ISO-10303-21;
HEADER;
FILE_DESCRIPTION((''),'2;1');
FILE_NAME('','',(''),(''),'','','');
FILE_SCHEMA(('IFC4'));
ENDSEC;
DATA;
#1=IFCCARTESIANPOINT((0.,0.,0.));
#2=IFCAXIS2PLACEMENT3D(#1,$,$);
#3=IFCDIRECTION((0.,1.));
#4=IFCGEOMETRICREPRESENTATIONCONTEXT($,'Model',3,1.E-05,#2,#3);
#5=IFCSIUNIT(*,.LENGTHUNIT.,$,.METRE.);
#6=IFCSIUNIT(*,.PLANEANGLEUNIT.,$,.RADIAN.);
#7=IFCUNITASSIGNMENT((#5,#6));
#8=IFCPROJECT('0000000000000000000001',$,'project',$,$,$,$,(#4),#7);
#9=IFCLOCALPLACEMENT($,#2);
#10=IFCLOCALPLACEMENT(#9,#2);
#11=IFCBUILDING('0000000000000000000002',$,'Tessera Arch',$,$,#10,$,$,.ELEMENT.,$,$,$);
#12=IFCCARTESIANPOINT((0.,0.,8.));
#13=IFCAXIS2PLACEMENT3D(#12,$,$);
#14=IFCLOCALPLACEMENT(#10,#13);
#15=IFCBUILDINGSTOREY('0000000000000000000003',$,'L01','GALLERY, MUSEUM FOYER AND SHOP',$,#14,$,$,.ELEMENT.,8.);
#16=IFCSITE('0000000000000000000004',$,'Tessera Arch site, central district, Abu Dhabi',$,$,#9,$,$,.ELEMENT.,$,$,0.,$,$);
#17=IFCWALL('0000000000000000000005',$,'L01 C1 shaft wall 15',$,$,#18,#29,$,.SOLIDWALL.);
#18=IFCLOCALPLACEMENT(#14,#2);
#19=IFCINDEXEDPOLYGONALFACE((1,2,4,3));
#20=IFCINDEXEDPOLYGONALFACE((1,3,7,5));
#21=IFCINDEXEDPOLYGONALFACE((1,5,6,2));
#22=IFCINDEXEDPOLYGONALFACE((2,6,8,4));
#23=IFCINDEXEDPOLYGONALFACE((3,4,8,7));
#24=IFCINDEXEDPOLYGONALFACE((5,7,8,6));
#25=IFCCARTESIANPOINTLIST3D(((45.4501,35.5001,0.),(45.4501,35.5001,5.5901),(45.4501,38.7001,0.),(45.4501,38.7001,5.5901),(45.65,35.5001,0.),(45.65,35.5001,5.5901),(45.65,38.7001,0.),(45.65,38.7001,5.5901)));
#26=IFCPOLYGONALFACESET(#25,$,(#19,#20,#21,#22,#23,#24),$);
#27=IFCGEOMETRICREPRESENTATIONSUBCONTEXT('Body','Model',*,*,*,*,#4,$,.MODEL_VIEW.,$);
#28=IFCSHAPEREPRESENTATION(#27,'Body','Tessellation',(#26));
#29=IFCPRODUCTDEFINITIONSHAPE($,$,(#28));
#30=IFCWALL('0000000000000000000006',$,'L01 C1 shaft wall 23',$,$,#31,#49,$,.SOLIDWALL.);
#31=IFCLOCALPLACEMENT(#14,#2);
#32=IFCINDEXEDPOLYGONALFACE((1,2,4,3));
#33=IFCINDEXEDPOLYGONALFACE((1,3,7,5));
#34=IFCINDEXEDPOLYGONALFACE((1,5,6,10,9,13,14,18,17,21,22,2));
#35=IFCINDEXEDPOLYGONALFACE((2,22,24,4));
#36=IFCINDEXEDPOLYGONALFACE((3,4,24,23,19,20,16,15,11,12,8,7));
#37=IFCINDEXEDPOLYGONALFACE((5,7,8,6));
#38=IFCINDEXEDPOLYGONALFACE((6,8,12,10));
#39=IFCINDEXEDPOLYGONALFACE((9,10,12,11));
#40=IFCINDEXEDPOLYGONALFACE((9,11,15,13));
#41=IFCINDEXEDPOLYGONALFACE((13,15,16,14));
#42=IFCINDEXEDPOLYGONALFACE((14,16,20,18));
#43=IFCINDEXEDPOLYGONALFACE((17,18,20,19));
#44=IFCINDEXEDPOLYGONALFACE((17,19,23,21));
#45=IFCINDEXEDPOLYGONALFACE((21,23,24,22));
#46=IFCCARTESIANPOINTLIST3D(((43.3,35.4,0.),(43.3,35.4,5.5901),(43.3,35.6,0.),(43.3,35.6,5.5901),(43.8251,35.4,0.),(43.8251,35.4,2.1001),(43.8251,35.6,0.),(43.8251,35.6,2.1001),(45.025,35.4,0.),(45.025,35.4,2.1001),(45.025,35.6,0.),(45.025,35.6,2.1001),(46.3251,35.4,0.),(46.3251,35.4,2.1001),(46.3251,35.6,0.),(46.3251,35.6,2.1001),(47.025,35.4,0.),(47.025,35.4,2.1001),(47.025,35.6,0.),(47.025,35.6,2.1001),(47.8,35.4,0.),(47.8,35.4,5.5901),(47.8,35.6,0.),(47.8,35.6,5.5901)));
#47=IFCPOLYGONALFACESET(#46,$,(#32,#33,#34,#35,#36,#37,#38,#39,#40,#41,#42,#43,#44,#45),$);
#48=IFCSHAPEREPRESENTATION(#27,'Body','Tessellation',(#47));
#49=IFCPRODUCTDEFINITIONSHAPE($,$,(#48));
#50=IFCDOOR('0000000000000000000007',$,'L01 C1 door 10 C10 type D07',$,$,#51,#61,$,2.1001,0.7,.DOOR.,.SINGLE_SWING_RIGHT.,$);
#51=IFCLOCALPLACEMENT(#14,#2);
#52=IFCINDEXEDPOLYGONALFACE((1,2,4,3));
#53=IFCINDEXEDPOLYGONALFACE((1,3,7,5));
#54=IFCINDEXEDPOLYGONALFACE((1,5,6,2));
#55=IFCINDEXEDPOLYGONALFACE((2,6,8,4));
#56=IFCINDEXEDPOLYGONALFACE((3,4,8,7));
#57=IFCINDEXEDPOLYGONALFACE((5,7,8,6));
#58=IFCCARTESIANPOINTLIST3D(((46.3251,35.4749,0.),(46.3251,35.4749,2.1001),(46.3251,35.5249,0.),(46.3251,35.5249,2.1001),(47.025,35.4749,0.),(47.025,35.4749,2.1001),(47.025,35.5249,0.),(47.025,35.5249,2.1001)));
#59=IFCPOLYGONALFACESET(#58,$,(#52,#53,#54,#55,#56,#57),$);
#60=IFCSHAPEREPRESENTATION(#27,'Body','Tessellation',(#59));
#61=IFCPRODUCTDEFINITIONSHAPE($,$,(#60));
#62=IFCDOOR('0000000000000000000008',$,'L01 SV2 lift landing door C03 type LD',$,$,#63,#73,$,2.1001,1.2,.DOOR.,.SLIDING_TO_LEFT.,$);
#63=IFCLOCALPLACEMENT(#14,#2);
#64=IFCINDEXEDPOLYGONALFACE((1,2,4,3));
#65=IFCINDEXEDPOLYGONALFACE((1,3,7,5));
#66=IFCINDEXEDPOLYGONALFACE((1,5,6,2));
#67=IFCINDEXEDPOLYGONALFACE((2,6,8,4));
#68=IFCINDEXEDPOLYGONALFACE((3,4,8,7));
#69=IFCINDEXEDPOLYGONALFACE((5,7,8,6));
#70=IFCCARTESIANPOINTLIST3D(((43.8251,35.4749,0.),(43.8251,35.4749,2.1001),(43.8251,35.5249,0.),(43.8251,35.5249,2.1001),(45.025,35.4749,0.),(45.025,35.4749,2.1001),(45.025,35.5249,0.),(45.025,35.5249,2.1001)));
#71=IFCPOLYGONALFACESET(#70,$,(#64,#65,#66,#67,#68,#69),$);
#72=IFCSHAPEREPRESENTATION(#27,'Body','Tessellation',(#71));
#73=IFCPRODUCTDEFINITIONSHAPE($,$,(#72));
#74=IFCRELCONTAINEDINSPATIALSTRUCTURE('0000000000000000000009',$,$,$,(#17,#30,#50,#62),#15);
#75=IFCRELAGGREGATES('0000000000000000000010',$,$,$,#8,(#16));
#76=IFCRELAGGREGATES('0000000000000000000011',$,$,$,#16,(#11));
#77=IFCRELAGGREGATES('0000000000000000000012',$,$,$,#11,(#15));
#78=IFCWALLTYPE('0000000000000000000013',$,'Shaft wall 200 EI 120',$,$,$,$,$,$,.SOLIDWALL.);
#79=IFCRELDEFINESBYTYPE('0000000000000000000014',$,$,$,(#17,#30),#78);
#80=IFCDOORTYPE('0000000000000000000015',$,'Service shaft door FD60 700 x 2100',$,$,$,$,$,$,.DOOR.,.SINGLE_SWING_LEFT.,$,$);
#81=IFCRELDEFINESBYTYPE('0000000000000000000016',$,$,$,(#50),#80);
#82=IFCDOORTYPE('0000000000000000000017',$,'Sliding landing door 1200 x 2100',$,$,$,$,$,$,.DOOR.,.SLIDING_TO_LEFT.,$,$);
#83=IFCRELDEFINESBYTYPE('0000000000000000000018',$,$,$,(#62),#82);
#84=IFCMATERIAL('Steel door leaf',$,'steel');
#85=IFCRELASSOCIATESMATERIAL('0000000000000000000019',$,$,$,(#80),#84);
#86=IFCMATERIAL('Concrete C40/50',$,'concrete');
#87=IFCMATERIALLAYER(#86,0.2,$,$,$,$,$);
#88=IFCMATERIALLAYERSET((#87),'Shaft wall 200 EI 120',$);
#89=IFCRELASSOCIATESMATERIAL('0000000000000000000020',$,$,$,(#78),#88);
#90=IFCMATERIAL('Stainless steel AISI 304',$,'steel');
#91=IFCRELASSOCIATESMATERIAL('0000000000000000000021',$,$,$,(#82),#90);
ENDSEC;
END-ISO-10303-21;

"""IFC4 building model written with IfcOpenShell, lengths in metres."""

from ifc_helpers import new_model, si_unit, direction, frame, frame_2d, origin, place, context, subcontext, project, spatial, rectangle, extrude, material, layer, layer_set, type_object, element, fill, save


model = new_model("IFC4")

# Units and contexts
model_context = context("Model", 3, precision=1e-05, world=origin(), true_north=direction((0.0, 1.0)))
body_context = subcontext(model_context, "Body", "Model", "MODEL_VIEW")
ifc_project = project(units=[si_unit("LENGTHUNIT", "METRE"), si_unit("PLANEANGLEUNIT", "RADIAN")], contexts=[model_context])

# Site, building, storey
site_placement = place(None, origin())
site = spatial("IfcSite", under=ifc_project, at=site_placement, Name="Tessera Arch site, central district, Abu Dhabi", CompositionType="ELEMENT", RefElevation=0.0)
building_placement = place(site_placement, origin())
building = spatial("IfcBuilding", under=site, at=building_placement, Name="Tessera Arch", CompositionType="ELEMENT")
storey_placement = place(building_placement, frame((0.0, 0.0, 8.0)))
storey = spatial("IfcBuildingStorey", under=building, at=storey_placement, Name="L01", Description="GALLERY, MUSEUM FOYER AND SHOP", CompositionType="ELEMENT", Elevation=8.0)

# Shared definitions
ifc_material_1 = material(Name="Steel door leaf", Category="steel")
door_type_1 = type_object("IfcDoorType", Name="Service shaft door FD60 700 x 2100", OperationType="SINGLE_SWING_LEFT", PredefinedType="DOOR", material=ifc_material_1)

# Shared definitions
ifc_material_2 = material(Name="Concrete C40/50", Category="concrete")
ifc_layer_1 = layer(ifc_material_2, 0.2)
ifc_layer_set_1 = layer_set([ifc_layer_1], Name="Shaft wall 200 EI 120")
wall_type_1 = type_object("IfcWallType", Name="Shaft wall 200 EI 120", PredefinedType="SOLIDWALL", material=ifc_layer_set_1)

# Wall
for number, where, z_axis, x_axis, name in (
    (1, (45.55, 35.5, 0.0), (0.0, 0.0, 1.0), (0.0, 1.0, 0.0), "L01 C1 shaft wall 15"),
):
    element("IfcWall", number, at=place(storey_placement, frame(where, z_axis=z_axis, x_axis=x_axis)), inside=storey, type_object=wall_type_1, Name=name, PredefinedType="SOLIDWALL", context=body_context, shape_type="SweptSolid", body=[
        extrude(rectangle(XDim=3.2, YDim=0.2, at=frame_2d((1.6001, 0.0))), origin(), (0.0, 0.0, 1.0), 5.5901),
    ])

# Wall, openings, doors
wall_1_placement = place(storey_placement, frame((43.3, 35.5, 0.0), z_axis=(0.0, 0.0, 1.0), x_axis=(1.0, 0.0, 0.0)))
wall_1 = element("IfcWall", 2, at=wall_1_placement, inside=storey, type_object=wall_type_1, Name="L01 C1 shaft wall 23", PredefinedType="SOLIDWALL", context=body_context, shape_type="SweptSolid", body=[
    extrude(rectangle(XDim=4.5, YDim=0.2, at=frame_2d((2.25, 0.0))), origin(), (0.0, 0.0, 1.0), 5.5901),
])
opening_1_placement = place(wall_1_placement, frame((0.5249, 0.0, 0.0)))
opening_1 = element("IfcOpeningElement", 3, at=opening_1_placement, cuts=wall_1, PredefinedType="OPENING", context=body_context, shape_type="SweptSolid", body=[
    extrude(rectangle(XDim=1.2, YDim=2.1001, at=frame_2d((0.6001, 1.05))), frame((0.0, 0.1099, 0.0), z_axis=(0.0, -1.0, 0.0), x_axis=(1.0, 0.0, 0.0)), (0.0, 0.0, 1.0), 0.22),
])
opening_2_placement = place(wall_1_placement, frame((3.0249, 0.0, 0.0)))
opening_2 = element("IfcOpeningElement", 4, at=opening_2_placement, cuts=wall_1, PredefinedType="OPENING", context=body_context, shape_type="SweptSolid", body=[
    extrude(rectangle(XDim=0.7, YDim=2.1001, at=frame_2d((0.3501, 1.05))), frame((0.0, 0.1099, 0.0), z_axis=(0.0, -1.0, 0.0), x_axis=(1.0, 0.0, 0.0)), (0.0, 0.0, 1.0), 0.22),
])
door_1_placement = place(opening_2_placement, origin())
door_1 = element("IfcDoor", 5, at=door_1_placement, inside=storey, type_object=door_type_1, Name="L01 C1 door 10 C10 type D07", OperationType="SINGLE_SWING_RIGHT", OverallHeight=2.1001, OverallWidth=0.7, PredefinedType="DOOR", context=body_context, shape_type="SweptSolid", body=[
    extrude(rectangle(XDim=0.7, YDim=2.1001, at=frame_2d((0.3501, 1.05))), frame((0.0, 0.0249, 0.0), z_axis=(0.0, -1.0, 0.0), x_axis=(1.0, 0.0, 0.0)), (0.0, 0.0, 1.0), 0.05),
])
fill(opening_2, door_1)
ifc_material_3 = material(Name="Stainless steel AISI 304", Category="steel")
door_type_2 = type_object("IfcDoorType", Name="Sliding landing door 1200 x 2100", OperationType="SLIDING_TO_LEFT", PredefinedType="DOOR", material=ifc_material_3)
door_2_placement = place(opening_1_placement, origin())
door_2 = element("IfcDoor", 6, at=door_2_placement, inside=storey, type_object=door_type_2, Name="L01 SV2 lift landing door C03 type LD", OperationType="SLIDING_TO_LEFT", OverallHeight=2.1001, OverallWidth=1.2, PredefinedType="DOOR", context=body_context, shape_type="SweptSolid", body=[
    extrude(rectangle(XDim=1.2, YDim=2.1001, at=frame_2d((0.6001, 1.05))), frame((0.0, 0.0249, 0.0), z_axis=(0.0, -1.0, 0.0), x_axis=(1.0, 0.0, 0.0)), (0.0, 0.0, 1.0), 0.05),
])
fill(opening_1, door_2)

save(model, "model.ifc")
